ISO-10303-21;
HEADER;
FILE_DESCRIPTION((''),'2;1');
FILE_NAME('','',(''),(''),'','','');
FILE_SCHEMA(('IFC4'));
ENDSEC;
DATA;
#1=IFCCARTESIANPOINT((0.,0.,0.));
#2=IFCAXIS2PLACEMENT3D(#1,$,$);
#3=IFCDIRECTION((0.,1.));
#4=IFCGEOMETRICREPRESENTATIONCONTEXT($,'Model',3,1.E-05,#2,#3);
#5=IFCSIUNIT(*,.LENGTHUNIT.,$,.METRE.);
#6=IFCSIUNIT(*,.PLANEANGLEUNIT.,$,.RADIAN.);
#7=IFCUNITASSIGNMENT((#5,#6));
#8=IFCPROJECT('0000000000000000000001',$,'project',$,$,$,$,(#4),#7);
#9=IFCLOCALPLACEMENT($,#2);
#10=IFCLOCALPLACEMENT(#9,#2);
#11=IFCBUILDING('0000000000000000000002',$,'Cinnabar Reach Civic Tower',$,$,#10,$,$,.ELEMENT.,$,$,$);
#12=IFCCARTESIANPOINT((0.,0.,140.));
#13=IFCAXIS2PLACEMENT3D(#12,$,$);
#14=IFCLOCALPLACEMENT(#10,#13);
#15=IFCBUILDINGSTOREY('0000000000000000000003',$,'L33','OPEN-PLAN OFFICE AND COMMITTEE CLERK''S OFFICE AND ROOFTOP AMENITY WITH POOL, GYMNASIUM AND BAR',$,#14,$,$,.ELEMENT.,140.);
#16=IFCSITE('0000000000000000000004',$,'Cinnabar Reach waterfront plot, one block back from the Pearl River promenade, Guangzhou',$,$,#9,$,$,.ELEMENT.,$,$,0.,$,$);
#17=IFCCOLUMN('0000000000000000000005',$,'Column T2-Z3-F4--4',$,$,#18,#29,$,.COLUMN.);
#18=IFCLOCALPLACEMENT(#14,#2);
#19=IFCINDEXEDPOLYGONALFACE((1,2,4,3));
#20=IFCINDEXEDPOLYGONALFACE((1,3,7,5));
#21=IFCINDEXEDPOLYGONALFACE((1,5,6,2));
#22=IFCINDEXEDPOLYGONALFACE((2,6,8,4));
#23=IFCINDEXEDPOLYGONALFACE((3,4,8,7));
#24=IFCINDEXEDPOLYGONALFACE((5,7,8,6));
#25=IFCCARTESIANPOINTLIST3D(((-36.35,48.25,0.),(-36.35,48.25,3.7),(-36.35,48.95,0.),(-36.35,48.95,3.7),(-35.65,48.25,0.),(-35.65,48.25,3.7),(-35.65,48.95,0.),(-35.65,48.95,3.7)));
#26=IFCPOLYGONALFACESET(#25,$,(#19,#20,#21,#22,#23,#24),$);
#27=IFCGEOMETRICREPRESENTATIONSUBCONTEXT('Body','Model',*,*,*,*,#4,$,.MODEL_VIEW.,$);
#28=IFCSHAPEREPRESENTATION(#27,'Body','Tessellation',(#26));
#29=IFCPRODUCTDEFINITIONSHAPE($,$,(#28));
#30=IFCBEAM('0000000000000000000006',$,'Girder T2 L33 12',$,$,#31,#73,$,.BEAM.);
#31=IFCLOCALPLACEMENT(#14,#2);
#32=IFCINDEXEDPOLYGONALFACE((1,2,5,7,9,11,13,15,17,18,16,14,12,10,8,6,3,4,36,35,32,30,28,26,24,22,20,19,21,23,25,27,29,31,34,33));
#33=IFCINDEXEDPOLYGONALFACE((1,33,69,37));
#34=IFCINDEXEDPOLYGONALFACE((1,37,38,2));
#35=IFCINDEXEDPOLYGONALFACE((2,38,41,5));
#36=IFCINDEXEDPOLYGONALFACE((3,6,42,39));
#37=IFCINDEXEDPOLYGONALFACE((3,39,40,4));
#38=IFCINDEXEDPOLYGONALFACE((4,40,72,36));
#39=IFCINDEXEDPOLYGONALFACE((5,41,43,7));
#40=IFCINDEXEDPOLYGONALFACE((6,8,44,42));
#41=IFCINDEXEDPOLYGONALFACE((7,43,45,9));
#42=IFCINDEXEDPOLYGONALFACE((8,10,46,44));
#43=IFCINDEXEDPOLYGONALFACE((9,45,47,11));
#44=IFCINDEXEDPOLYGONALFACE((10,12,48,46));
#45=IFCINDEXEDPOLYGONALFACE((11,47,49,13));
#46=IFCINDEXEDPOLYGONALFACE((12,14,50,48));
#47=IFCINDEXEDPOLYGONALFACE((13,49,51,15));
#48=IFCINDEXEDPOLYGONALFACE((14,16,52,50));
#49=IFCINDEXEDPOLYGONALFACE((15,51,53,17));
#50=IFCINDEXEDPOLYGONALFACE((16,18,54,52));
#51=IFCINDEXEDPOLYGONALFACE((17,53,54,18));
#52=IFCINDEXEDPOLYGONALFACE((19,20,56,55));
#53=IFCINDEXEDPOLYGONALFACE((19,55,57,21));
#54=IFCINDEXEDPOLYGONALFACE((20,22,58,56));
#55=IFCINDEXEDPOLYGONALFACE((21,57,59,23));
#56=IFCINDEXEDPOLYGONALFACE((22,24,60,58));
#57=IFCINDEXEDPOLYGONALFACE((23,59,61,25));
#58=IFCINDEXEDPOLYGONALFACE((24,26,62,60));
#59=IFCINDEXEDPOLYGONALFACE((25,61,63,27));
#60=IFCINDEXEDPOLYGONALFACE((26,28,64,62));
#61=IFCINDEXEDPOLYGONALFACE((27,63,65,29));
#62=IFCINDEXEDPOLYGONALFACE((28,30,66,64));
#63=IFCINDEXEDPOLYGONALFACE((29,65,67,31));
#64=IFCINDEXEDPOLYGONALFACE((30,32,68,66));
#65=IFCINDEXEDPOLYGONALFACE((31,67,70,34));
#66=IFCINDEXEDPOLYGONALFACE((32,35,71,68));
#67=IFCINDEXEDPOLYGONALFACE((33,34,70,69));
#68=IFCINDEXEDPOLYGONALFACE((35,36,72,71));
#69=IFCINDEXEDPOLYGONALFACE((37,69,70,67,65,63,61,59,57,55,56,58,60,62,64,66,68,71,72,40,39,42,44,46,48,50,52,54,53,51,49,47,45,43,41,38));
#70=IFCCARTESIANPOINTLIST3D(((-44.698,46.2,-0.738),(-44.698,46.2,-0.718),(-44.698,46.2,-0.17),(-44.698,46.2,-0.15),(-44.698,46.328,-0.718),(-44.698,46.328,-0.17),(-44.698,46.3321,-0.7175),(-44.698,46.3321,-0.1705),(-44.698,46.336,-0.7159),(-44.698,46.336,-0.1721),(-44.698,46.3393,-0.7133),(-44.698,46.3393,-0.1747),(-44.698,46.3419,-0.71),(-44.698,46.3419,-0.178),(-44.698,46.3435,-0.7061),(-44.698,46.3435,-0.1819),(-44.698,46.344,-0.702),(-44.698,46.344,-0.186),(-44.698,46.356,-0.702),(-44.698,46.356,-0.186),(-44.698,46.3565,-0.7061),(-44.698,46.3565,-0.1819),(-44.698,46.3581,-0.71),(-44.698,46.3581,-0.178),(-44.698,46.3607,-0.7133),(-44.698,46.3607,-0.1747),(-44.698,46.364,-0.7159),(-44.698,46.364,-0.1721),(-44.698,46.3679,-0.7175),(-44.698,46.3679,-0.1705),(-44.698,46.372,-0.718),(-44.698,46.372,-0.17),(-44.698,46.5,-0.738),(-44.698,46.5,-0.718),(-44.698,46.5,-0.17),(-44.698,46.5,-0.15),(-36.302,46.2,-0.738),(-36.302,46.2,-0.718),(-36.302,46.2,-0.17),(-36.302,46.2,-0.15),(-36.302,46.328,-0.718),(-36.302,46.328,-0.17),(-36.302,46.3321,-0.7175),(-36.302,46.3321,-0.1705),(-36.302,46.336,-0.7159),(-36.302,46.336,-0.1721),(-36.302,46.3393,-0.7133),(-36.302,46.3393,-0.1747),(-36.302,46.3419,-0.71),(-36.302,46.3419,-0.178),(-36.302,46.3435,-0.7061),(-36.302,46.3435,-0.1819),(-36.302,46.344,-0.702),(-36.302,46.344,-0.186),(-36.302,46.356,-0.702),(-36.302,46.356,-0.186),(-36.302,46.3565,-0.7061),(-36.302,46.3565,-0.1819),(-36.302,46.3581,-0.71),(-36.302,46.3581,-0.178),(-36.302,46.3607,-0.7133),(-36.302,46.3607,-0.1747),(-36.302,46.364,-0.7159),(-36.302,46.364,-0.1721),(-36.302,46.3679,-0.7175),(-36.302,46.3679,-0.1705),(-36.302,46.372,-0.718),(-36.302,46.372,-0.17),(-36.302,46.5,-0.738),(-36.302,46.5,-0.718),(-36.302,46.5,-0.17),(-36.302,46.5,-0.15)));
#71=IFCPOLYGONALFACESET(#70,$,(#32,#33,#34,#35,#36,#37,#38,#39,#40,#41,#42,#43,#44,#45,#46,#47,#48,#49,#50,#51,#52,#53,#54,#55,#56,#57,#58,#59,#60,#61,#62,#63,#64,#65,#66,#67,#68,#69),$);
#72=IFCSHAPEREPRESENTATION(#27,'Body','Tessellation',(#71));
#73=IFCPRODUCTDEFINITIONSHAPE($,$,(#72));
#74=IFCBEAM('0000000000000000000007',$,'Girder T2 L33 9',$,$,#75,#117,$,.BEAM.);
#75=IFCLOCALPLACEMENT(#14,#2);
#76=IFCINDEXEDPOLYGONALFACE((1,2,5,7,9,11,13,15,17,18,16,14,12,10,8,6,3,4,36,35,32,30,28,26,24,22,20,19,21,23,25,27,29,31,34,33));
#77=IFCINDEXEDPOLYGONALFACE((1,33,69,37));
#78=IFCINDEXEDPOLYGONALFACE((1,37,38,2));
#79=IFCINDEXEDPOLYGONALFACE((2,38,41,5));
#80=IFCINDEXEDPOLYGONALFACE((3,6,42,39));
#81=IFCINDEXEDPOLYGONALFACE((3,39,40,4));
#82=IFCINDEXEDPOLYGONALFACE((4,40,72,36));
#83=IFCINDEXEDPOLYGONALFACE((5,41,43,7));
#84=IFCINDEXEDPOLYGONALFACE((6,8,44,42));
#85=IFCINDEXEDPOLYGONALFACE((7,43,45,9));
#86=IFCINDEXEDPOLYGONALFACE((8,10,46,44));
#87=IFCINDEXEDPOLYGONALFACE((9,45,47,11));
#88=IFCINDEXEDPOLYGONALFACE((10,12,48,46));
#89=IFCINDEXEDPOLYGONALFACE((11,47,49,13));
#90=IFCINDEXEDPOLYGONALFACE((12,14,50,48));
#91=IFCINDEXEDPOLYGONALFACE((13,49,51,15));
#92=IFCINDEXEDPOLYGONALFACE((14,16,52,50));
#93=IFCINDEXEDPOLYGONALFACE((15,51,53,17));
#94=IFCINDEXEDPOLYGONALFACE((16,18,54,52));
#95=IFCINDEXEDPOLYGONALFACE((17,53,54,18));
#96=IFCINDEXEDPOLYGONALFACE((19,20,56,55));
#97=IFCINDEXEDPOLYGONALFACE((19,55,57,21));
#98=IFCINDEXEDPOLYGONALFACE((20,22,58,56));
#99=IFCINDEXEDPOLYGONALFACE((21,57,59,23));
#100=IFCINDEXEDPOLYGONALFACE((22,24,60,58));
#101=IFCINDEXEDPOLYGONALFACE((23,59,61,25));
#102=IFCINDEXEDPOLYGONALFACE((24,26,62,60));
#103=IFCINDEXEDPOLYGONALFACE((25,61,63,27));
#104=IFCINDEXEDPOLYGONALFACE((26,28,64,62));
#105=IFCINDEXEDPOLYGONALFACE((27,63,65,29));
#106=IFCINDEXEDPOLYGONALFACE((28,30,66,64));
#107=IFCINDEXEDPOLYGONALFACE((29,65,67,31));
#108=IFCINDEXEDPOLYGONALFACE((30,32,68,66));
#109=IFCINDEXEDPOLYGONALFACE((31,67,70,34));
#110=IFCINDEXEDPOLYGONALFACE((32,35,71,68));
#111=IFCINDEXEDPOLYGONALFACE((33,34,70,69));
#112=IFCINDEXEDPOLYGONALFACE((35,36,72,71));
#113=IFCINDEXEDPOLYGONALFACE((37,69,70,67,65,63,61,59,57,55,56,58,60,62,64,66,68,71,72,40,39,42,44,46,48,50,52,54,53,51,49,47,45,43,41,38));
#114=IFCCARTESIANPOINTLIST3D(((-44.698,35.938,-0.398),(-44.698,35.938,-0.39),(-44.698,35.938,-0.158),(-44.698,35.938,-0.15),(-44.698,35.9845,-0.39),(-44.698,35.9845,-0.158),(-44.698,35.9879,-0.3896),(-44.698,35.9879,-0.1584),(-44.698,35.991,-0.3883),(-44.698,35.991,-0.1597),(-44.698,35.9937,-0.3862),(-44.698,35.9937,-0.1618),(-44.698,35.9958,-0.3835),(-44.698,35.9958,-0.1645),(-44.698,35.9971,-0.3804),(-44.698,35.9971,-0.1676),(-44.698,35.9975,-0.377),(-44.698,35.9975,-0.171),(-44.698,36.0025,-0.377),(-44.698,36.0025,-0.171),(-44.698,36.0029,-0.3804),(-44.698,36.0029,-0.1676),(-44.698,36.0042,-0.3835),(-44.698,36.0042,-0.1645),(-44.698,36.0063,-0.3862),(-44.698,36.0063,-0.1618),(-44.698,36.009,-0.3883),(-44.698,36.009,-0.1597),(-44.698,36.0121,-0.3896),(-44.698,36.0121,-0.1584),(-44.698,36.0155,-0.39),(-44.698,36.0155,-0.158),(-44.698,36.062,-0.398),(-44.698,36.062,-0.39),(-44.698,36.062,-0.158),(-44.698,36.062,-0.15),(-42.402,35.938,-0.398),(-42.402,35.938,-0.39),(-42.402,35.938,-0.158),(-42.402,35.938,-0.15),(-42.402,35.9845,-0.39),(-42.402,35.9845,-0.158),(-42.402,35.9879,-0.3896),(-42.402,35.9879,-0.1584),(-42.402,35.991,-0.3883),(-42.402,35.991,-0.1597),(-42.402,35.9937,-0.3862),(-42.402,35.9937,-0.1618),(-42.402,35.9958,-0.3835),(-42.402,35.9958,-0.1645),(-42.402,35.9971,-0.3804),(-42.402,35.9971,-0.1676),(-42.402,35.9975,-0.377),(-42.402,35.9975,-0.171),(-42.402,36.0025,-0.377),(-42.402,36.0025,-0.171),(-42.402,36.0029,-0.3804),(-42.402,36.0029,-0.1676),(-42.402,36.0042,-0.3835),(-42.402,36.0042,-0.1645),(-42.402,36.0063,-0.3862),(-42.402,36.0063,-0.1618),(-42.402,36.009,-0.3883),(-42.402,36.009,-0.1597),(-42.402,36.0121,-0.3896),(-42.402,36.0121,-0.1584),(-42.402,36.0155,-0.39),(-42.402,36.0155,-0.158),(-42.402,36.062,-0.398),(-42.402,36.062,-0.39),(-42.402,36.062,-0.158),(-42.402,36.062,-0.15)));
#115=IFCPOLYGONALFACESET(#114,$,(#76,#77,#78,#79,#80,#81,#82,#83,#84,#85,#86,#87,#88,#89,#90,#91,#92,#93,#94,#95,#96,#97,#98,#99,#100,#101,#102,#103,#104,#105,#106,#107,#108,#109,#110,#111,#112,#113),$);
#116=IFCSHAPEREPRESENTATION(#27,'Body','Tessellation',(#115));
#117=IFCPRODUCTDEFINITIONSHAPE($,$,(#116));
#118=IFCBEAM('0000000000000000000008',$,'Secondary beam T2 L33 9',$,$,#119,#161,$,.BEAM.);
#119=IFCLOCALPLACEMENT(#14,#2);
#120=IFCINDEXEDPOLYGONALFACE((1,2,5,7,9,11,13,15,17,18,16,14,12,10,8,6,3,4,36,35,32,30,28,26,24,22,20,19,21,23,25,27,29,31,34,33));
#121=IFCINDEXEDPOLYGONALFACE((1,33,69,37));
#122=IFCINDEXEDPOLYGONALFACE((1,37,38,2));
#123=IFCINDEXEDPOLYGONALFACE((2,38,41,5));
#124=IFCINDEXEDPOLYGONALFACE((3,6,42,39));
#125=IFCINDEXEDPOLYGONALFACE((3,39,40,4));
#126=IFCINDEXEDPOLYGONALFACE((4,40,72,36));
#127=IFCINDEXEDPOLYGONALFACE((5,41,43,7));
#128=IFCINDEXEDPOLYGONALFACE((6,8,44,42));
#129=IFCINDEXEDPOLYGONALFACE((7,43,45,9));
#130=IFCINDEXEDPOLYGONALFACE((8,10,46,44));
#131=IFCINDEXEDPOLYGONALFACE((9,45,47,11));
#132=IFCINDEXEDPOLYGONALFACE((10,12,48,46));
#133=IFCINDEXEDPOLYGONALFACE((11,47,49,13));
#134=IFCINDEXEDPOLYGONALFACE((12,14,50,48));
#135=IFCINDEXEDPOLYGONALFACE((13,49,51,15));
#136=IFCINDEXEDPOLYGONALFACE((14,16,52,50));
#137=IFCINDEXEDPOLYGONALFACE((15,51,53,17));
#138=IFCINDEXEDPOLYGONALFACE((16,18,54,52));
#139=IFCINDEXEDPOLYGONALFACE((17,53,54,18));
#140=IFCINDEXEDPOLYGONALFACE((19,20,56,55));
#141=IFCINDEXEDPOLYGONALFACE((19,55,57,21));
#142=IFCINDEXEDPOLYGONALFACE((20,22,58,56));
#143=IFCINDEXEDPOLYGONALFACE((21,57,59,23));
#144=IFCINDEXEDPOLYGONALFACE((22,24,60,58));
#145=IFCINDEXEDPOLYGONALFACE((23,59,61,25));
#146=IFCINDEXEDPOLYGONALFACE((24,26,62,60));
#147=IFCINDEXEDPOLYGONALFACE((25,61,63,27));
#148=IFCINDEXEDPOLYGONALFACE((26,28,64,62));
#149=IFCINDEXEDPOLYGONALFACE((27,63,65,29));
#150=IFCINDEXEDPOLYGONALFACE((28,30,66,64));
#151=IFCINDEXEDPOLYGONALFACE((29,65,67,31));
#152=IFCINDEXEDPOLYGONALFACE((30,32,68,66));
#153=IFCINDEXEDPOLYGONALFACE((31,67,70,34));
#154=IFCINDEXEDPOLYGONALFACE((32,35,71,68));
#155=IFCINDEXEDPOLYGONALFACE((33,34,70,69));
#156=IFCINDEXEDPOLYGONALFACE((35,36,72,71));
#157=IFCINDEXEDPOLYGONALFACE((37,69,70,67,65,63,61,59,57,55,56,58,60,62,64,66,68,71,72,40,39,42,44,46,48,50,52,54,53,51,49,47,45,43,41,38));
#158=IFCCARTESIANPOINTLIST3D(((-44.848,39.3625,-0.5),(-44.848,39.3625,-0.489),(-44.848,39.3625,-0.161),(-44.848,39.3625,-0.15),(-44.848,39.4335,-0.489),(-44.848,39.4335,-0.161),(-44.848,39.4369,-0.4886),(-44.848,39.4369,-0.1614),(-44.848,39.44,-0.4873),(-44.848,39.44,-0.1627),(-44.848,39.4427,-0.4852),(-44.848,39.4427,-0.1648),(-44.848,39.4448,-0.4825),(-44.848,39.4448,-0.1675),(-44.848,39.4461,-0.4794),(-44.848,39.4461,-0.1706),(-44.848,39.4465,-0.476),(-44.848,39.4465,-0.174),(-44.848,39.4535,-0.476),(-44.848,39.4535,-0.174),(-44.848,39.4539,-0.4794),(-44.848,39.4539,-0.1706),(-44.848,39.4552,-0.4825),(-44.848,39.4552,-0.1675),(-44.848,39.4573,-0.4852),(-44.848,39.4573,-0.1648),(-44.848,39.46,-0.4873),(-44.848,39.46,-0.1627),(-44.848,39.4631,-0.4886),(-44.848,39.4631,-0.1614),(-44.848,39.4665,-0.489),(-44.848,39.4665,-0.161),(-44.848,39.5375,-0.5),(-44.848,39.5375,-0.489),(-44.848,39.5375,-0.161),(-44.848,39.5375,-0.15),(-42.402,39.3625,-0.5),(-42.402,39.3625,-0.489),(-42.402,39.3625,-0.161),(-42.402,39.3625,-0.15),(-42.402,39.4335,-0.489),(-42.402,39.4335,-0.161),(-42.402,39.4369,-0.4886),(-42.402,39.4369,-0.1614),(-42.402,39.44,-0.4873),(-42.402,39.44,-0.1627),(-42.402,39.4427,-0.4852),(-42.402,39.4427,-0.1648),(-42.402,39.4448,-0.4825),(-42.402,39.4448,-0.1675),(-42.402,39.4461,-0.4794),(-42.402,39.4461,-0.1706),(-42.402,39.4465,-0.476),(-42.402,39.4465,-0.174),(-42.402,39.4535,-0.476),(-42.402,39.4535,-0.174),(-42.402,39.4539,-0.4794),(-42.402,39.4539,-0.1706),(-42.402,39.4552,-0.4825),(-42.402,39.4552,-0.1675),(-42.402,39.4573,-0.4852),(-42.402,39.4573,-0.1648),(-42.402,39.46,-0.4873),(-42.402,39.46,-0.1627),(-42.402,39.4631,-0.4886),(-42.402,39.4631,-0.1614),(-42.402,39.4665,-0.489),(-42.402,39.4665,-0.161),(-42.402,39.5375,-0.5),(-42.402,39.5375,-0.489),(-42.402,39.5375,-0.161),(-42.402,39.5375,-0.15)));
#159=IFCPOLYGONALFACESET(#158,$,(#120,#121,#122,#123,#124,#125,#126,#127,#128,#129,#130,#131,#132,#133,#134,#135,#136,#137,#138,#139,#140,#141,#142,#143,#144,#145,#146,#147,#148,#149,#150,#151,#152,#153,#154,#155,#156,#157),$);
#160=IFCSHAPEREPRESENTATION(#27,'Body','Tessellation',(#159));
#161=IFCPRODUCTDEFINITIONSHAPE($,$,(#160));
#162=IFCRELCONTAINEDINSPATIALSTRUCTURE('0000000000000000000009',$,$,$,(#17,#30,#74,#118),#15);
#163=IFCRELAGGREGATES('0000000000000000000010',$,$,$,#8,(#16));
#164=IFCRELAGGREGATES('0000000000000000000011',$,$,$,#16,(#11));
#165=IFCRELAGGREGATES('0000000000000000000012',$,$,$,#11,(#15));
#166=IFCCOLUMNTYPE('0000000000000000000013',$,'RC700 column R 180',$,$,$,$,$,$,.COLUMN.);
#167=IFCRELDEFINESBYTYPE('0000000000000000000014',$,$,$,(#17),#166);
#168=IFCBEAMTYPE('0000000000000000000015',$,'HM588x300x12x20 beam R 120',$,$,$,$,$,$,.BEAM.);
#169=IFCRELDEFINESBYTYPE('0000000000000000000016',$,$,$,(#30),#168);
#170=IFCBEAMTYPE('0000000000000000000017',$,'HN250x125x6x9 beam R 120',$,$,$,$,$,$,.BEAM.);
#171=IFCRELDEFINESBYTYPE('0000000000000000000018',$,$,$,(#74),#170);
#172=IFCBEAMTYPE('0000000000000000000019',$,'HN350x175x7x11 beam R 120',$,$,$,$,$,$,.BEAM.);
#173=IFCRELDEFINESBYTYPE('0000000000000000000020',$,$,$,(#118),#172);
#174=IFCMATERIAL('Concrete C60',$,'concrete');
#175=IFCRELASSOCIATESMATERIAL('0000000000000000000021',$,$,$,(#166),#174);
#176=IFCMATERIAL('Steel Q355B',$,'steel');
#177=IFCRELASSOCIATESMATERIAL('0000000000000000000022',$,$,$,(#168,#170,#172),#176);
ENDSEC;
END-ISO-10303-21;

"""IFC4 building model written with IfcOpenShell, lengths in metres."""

from ifc_helpers import new_model, si_unit, direction, frame, origin, origin_2d, place, context, subcontext, project, spatial, rectangle, i_section, extrude, material, material_profile, profile_set, type_object, element, save


model = new_model("IFC4")

# Units and contexts
model_context = context("Model", 3, precision=1e-05, world=origin(), true_north=direction((0.0, 1.0)))
body_context = subcontext(model_context, "Body", "Model", "MODEL_VIEW")
ifc_project = project(units=[si_unit("LENGTHUNIT", "METRE"), si_unit("PLANEANGLEUNIT", "RADIAN")], contexts=[model_context])

# Site, building, storey
site_placement = place(None, origin())
site = spatial("IfcSite", under=ifc_project, at=site_placement, Name="Cinnabar Reach waterfront plot, one block back from the Pearl River promenade, Guangzhou", CompositionType="ELEMENT", RefElevation=0.0)
building_placement = place(site_placement, origin())
building = spatial("IfcBuilding", under=site, at=building_placement, Name="Cinnabar Reach Civic Tower", CompositionType="ELEMENT")
storey_placement = place(building_placement, frame((0.0, 0.0, 140.0)))
storey = spatial("IfcBuildingStorey", under=building, at=storey_placement, Name="L33", Description="OPEN-PLAN OFFICE AND COMMITTEE CLERK'S OFFICE AND ROOFTOP AMENITY WITH POOL, GYMNASIUM AND BAR", CompositionType="ELEMENT", Elevation=140.0)

# Column
ifc_material_1 = material(Name="Concrete C60", Category="concrete")
ifc_material_profile_1 = material_profile(ifc_material_1, rectangle(XDim=0.7, YDim=0.7, at=origin_2d()), Name="RC700")
ifc_profile_set_1 = profile_set([ifc_material_profile_1], Name="Concrete C60")
column_type = type_object("IfcColumnType", Name="RC700 column R 180", PredefinedType="COLUMN", material=ifc_profile_set_1)
column_placement = place(storey_placement, frame((-36.0, 48.6, 0.0), z_axis=(0.0, 0.0, 1.0), x_axis=(1.0, 0.0, 0.0)))
element("IfcColumn", 1, at=column_placement, inside=storey, type_object=column_type, Name="Column T2-Z3-F4--4", PredefinedType="COLUMN", context=body_context, shape_type="SweptSolid", body=[
    extrude(rectangle(XDim=0.7, YDim=0.7, at=origin_2d()), origin(), (0.0, 0.0, 1.0), 3.7),
])

# Beams
ifc_material_2 = material(Name="Steel Q355B", Category="steel")
ifc_material_profile_2 = material_profile(ifc_material_2, i_section(OverallWidth=0.3, OverallDepth=0.588, WebThickness=0.012, FlangeThickness=0.02, FilletRadius=0.016, at=origin_2d()), Name="HM588x300x12x20")
ifc_profile_set_2 = profile_set([ifc_material_profile_2], Name="Steel Q355B")
beam_type_1 = type_object("IfcBeamType", Name="HM588x300x12x20 beam R 120", PredefinedType="BEAM", material=ifc_profile_set_2)
beam_1_placement = place(storey_placement, frame((-44.698, 46.35, -0.444), z_axis=(1.0, 0.0, 0.0), x_axis=(0.0, 1.0, 0.0)))
element("IfcBeam", 2, at=beam_1_placement, inside=storey, type_object=beam_type_1, Name="Girder T2 L33 12", PredefinedType="BEAM", context=body_context, shape_type="SweptSolid", body=[
    extrude(i_section(OverallWidth=0.3, OverallDepth=0.588, WebThickness=0.012, FlangeThickness=0.02, FilletRadius=0.016, at=origin_2d()), origin(), (0.0, 0.0, 1.0), 8.396),
])
ifc_material_profile_3 = material_profile(ifc_material_2, i_section(OverallWidth=0.124, OverallDepth=0.248, WebThickness=0.005, FlangeThickness=0.008, FilletRadius=0.013, at=origin_2d()), Name="HN250x125x6x9")
ifc_profile_set_3 = profile_set([ifc_material_profile_3], Name="Steel Q355B")
beam_type_2 = type_object("IfcBeamType", Name="HN250x125x6x9 beam R 120", PredefinedType="BEAM", material=ifc_profile_set_3)
beam_2_placement = place(storey_placement, frame((-44.698, 36.0, -0.274), z_axis=(1.0, 0.0, 0.0), x_axis=(0.0, 1.0, 0.0)))
element("IfcBeam", 3, at=beam_2_placement, inside=storey, type_object=beam_type_2, Name="Girder T2 L33 9", PredefinedType="BEAM", context=body_context, shape_type="SweptSolid", body=[
    extrude(i_section(OverallWidth=0.124, OverallDepth=0.248, WebThickness=0.005, FlangeThickness=0.008, FilletRadius=0.013, at=origin_2d()), origin(), (0.0, 0.0, 1.0), 2.296),
])
ifc_material_profile_4 = material_profile(ifc_material_2, i_section(OverallWidth=0.175, OverallDepth=0.35, WebThickness=0.007, FlangeThickness=0.011, FilletRadius=0.013, at=origin_2d()), Name="HN350x175x7x11")
ifc_profile_set_4 = profile_set([ifc_material_profile_4], Name="Steel Q355B")
beam_type_3 = type_object("IfcBeamType", Name="HN350x175x7x11 beam R 120", PredefinedType="BEAM", material=ifc_profile_set_4)
beam_3_placement = place(storey_placement, frame((-44.848, 39.45, -0.325), z_axis=(1.0, 0.0, 0.0), x_axis=(0.0, 1.0, 0.0)))
element("IfcBeam", 4, at=beam_3_placement, inside=storey, type_object=beam_type_3, Name="Secondary beam T2 L33 9", PredefinedType="BEAM", context=body_context, shape_type="SweptSolid", body=[
    extrude(i_section(OverallWidth=0.175, OverallDepth=0.35, WebThickness=0.007, FlangeThickness=0.011, FilletRadius=0.013, at=origin_2d()), origin(), (0.0, 0.0, 1.0), 2.446),
])

save(model, "model.ifc")
